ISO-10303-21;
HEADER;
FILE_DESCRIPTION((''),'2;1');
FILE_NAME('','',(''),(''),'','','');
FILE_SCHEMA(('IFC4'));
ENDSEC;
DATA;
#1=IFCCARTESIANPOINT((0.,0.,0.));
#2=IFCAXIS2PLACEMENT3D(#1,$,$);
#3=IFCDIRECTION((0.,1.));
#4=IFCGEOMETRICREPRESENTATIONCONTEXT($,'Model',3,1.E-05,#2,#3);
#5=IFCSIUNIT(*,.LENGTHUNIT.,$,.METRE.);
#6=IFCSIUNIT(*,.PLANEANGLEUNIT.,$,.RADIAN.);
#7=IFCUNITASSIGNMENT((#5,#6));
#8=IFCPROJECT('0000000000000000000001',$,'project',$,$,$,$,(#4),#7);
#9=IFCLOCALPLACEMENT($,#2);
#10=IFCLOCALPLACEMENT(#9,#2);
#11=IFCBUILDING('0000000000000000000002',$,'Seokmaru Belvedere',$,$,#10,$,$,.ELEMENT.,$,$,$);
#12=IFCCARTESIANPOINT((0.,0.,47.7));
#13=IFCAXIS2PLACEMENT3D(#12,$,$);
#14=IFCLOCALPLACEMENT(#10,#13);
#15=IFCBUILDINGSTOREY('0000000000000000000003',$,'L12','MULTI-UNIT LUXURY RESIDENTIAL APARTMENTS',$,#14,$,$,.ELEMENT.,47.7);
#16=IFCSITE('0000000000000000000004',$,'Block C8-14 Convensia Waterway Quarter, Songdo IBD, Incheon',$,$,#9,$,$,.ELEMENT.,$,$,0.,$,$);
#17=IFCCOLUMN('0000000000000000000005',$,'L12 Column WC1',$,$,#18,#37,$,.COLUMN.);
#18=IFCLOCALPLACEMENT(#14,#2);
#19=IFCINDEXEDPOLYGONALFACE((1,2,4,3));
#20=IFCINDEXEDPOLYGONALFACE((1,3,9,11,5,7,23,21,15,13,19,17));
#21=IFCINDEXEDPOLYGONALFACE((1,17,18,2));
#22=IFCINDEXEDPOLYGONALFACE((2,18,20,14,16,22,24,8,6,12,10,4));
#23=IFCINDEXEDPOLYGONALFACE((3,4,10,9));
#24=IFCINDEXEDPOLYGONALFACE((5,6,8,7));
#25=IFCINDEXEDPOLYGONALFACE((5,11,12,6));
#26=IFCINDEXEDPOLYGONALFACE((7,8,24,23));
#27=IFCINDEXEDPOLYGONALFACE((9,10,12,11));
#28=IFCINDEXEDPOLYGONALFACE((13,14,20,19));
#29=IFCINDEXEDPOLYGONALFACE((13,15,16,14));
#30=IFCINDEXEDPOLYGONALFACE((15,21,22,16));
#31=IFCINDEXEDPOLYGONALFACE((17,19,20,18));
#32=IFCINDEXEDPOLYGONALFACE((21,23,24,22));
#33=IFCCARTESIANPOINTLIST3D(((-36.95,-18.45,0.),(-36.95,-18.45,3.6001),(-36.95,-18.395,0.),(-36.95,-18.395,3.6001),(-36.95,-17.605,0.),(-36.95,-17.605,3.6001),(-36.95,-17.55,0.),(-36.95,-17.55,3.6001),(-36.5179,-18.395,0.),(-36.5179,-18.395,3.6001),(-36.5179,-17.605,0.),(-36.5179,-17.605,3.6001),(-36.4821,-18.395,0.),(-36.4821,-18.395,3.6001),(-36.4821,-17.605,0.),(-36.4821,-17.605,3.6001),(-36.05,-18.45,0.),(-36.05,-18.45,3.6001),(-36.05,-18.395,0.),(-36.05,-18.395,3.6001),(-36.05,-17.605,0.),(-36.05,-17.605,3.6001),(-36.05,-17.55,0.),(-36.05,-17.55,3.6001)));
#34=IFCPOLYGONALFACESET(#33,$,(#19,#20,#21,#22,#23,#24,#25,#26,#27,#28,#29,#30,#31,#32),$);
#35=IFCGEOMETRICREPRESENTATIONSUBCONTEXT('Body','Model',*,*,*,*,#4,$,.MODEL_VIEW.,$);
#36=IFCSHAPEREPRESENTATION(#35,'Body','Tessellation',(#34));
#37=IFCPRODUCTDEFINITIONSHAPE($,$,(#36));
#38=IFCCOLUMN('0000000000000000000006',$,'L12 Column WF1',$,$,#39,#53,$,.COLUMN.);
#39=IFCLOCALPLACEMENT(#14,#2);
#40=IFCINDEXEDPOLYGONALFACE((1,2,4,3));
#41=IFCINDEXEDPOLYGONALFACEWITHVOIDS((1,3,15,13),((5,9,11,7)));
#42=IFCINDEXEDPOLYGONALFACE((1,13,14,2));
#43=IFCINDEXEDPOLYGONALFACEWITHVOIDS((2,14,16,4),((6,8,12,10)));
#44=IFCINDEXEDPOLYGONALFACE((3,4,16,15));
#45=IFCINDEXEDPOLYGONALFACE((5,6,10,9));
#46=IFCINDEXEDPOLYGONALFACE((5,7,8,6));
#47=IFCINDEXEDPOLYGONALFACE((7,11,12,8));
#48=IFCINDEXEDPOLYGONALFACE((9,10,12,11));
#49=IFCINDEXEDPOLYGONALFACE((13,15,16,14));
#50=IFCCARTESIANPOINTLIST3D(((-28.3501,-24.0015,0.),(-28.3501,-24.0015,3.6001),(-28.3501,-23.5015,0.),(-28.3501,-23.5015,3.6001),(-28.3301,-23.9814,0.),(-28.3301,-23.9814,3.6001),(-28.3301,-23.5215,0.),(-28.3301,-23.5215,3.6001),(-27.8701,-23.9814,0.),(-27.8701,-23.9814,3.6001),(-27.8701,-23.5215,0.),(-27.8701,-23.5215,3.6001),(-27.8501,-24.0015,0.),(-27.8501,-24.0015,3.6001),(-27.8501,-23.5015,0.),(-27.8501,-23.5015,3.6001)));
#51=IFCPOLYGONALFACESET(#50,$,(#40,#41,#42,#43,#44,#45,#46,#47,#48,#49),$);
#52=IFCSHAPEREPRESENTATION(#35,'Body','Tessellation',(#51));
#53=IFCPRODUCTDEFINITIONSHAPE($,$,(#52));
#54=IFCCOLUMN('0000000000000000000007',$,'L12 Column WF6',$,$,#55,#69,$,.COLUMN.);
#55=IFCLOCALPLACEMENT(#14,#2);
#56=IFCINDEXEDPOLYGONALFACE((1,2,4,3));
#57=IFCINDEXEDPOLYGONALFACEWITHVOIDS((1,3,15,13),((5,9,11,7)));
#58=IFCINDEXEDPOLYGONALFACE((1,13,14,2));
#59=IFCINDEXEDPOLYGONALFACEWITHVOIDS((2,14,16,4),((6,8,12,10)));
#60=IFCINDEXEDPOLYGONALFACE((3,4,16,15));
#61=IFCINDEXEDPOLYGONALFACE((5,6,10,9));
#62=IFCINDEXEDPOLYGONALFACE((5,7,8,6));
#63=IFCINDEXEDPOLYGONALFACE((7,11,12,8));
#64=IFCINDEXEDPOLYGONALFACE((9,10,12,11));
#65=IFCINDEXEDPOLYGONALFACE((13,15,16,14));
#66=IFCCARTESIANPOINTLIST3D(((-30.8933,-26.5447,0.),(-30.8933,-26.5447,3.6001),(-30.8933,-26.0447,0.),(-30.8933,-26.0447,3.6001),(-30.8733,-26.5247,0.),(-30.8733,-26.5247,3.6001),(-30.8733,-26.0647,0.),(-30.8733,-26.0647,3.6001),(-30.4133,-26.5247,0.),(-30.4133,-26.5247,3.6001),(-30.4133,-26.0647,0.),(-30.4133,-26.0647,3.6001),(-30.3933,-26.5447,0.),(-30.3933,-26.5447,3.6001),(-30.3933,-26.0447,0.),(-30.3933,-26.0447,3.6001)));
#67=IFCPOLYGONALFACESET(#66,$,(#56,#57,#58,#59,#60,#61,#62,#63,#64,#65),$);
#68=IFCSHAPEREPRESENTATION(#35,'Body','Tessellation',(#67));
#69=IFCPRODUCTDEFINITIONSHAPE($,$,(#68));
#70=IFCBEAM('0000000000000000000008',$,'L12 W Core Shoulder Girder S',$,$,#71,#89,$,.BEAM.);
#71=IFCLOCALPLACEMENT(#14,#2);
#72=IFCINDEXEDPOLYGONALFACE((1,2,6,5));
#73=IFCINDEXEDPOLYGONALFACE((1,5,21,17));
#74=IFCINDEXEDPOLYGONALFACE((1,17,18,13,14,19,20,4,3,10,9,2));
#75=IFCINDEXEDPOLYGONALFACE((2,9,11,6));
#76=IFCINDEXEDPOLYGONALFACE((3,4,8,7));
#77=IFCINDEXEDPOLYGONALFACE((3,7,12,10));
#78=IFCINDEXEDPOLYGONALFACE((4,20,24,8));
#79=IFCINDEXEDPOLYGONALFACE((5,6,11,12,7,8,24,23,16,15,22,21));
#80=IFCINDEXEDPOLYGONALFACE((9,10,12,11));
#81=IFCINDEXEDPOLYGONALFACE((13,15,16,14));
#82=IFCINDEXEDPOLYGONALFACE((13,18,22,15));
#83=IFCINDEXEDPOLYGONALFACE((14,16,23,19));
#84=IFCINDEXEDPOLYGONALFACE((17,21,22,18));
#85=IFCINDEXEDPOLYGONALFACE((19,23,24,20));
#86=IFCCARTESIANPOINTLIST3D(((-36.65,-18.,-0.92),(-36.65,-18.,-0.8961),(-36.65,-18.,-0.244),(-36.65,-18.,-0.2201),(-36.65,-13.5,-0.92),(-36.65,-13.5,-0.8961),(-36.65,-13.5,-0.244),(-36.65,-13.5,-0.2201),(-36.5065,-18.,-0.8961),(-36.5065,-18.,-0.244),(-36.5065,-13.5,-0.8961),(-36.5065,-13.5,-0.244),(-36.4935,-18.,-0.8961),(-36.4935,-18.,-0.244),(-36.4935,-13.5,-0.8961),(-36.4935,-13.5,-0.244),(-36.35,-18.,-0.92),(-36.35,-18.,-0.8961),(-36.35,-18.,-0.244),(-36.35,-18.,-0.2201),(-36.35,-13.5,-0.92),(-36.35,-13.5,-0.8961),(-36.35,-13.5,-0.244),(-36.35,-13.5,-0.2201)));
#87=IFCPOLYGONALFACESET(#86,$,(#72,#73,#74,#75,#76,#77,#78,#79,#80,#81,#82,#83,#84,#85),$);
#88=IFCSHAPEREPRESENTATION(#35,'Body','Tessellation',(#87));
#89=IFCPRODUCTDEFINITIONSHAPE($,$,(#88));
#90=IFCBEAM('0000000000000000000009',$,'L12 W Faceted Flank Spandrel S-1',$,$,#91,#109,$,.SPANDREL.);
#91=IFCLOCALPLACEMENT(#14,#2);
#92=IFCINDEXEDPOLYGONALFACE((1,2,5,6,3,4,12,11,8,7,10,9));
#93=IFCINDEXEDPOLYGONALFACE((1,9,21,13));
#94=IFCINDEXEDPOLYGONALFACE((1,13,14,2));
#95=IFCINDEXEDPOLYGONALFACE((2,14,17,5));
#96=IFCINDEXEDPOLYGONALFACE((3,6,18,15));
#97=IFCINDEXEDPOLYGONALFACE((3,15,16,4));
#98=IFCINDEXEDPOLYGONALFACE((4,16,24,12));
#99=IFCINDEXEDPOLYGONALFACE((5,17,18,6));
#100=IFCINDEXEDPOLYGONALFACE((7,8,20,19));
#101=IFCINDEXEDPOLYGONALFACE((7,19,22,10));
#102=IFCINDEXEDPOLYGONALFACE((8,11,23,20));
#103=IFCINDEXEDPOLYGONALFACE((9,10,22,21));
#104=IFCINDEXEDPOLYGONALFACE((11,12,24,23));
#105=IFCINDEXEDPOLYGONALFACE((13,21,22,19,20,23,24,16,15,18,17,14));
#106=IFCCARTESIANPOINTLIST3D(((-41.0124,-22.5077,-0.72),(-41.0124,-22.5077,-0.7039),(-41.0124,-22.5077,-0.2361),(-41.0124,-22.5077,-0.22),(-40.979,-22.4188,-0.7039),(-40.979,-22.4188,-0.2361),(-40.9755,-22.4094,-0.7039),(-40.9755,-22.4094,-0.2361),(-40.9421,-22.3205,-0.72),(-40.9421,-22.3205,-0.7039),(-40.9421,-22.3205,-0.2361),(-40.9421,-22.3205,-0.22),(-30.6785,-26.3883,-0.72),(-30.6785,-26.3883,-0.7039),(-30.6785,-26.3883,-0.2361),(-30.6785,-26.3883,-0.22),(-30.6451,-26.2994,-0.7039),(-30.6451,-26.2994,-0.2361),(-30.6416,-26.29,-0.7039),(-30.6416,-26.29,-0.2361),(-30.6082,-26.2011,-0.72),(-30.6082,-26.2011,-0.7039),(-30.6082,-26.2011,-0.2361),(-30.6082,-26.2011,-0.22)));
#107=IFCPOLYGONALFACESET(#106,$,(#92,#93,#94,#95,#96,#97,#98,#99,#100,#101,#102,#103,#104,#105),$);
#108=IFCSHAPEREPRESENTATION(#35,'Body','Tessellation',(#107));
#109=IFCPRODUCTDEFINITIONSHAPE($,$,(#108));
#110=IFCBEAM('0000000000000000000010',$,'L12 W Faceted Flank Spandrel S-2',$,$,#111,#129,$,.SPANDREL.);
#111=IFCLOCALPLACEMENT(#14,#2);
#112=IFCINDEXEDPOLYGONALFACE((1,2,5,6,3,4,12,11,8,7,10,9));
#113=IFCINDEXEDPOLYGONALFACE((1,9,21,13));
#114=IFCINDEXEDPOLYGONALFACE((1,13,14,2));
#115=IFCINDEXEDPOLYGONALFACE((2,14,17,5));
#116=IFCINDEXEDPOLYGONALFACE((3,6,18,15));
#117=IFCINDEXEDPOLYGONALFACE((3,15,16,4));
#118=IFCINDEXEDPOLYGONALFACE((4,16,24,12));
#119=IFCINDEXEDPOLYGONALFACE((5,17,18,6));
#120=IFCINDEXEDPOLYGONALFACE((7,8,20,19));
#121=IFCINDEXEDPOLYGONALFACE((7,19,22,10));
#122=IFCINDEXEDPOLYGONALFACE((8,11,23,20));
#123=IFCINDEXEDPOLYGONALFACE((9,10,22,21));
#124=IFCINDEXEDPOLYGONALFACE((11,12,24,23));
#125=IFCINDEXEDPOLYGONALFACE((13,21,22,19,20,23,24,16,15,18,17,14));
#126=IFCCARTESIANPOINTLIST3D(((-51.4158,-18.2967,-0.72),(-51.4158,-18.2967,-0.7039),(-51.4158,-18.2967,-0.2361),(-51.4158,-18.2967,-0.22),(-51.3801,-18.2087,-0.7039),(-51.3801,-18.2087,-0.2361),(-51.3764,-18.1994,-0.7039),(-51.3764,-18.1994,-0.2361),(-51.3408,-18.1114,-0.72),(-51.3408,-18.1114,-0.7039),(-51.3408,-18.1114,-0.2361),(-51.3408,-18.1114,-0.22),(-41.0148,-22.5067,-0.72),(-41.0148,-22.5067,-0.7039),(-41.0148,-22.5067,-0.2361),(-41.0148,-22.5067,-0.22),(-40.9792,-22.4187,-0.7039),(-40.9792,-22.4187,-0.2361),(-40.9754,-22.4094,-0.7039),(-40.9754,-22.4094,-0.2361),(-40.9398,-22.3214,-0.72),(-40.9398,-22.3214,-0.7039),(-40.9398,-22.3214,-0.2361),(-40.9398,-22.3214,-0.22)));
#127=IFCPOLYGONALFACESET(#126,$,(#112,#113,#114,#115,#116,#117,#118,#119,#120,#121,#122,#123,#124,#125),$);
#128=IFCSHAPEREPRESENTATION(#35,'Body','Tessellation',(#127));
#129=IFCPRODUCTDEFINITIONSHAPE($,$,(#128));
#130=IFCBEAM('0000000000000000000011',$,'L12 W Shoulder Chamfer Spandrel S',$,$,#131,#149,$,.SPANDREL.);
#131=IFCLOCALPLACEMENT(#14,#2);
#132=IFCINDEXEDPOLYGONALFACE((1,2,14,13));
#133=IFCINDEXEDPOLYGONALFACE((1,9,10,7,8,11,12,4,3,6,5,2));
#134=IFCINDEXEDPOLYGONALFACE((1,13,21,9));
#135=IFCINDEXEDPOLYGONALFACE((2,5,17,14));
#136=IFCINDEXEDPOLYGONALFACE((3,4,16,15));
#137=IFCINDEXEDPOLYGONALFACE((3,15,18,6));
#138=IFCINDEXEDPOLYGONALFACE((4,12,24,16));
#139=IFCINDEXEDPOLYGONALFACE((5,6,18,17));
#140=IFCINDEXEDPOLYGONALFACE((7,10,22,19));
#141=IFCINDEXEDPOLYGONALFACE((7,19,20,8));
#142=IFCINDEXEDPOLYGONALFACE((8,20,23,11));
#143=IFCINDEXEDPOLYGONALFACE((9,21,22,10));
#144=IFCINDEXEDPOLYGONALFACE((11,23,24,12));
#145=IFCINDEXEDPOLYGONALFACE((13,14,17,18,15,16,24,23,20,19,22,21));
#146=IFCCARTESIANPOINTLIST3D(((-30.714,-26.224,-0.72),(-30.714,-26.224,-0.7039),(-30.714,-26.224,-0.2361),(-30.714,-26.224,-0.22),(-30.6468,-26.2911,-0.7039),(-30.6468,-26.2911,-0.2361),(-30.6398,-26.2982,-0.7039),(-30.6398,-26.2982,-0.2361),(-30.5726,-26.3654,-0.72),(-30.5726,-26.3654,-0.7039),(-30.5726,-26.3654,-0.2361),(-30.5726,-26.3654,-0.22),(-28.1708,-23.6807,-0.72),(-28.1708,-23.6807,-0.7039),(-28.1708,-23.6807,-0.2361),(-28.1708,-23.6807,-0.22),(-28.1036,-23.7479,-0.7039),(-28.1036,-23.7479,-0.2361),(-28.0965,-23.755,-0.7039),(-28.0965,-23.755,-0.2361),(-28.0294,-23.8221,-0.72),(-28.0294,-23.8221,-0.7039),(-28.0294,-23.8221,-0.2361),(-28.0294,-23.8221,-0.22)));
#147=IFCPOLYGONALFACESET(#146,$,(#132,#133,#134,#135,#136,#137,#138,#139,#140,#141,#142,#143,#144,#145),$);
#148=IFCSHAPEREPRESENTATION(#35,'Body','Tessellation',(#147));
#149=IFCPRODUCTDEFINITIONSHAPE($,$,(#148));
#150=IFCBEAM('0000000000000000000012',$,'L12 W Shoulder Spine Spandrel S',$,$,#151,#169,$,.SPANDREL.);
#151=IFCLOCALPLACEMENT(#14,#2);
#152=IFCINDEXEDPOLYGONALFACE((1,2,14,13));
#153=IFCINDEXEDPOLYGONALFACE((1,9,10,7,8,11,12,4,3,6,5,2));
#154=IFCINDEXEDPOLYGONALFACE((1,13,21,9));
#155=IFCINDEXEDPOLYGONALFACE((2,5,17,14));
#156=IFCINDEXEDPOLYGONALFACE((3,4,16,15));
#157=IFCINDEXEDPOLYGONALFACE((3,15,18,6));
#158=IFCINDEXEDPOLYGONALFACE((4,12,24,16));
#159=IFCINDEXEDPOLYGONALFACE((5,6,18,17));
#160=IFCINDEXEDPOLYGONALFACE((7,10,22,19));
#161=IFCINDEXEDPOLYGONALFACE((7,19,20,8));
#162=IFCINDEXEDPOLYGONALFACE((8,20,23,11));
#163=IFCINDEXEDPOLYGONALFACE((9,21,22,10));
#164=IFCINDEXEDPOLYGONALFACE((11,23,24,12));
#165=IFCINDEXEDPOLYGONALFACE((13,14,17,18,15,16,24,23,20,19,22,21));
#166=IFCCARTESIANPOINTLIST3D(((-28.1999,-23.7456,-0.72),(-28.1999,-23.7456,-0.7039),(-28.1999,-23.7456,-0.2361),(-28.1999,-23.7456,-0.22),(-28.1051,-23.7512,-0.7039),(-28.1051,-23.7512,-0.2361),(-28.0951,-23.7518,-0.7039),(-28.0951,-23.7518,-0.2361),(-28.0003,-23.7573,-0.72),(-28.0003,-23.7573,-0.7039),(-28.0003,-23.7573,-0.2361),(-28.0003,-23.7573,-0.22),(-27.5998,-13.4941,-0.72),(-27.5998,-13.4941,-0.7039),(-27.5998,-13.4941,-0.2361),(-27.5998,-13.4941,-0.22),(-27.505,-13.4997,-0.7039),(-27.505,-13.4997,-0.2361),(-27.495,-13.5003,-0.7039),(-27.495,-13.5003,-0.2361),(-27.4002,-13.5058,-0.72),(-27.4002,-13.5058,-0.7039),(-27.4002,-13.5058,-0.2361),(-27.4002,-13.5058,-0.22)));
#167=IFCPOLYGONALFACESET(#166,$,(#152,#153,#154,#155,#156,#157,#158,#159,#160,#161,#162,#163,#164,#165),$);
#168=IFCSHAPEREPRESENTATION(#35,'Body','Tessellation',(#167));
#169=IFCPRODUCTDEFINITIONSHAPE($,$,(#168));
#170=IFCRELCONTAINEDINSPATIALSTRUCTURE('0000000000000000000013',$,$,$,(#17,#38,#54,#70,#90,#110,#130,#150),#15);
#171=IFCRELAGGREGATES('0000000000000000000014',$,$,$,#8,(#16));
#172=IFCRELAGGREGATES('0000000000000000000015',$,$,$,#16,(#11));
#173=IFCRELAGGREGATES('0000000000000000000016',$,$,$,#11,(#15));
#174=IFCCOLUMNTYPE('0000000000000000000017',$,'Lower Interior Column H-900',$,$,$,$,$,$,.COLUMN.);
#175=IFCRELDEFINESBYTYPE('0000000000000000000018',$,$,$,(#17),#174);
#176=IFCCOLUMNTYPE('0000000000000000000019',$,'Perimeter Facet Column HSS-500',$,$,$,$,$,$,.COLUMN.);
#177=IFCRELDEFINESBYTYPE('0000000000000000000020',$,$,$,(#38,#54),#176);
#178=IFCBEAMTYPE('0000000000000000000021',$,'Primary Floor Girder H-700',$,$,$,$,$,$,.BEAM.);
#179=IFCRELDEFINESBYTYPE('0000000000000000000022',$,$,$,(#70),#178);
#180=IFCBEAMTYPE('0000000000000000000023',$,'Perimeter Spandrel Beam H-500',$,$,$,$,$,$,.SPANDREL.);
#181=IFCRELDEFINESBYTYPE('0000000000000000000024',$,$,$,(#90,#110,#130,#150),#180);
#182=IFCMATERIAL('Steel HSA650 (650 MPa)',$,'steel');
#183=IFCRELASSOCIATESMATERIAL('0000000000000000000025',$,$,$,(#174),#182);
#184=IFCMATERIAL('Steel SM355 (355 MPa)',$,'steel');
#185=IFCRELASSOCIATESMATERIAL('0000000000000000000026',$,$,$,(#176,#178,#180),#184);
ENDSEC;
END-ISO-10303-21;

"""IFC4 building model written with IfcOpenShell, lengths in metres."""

from ifc_helpers import new_model, si_unit, direction, frame, origin, origin_2d, place, context, subcontext, project, spatial, hollow_rectangle, i_section, extrude, source, transform, mapped, material, material_profile, profile_set, type_object, type_shapes, element, save


model = new_model("IFC4")

# Units and contexts
model_context = context("Model", 3, precision=1e-05, world=origin(), true_north=direction((0.0, 1.0)))
body_context = subcontext(model_context, "Body", "Model", "MODEL_VIEW")
ifc_project = project(units=[si_unit("LENGTHUNIT", "METRE"), si_unit("PLANEANGLEUNIT", "RADIAN")], contexts=[model_context])

# Site, building, storey
site_placement = place(None, origin())
site = spatial("IfcSite", under=ifc_project, at=site_placement, Name="Block C8-14 Convensia Waterway Quarter, Songdo IBD, Incheon", CompositionType="ELEMENT", RefElevation=0.0)
building_placement = place(site_placement, origin())
building = spatial("IfcBuilding", under=site, at=building_placement, Name="Seokmaru Belvedere", CompositionType="ELEMENT")
storey_placement = place(building_placement, frame((0.0, 0.0, 47.7)))
storey = spatial("IfcBuildingStorey", under=building, at=storey_placement, Name="L12", Description="MULTI-UNIT LUXURY RESIDENTIAL APARTMENTS", CompositionType="ELEMENT", Elevation=47.7)

# Columns
ifc_material_1 = material(Name="Steel HSA650 (650 MPa)", Category="steel")
ifc_material_profile_1 = material_profile(ifc_material_1, i_section(OverallWidth=0.8999, OverallDepth=0.8999, WebThickness=0.0359, FlangeThickness=0.0549, at=origin_2d()), Name="H-900x900x36x55")
ifc_profile_set_1 = profile_set([ifc_material_profile_1], Name="Steel HSA650 (650 MPa)")
column_type_1 = type_object("IfcColumnType", Name="Lower Interior Column H-900", PredefinedType="COLUMN", material=ifc_profile_set_1)
shared_shape_1 = source(origin(), body_context, "Body", "SweptSolid", [
    extrude(i_section(OverallWidth=0.8999, OverallDepth=0.8999, WebThickness=0.0359, FlangeThickness=0.0549, at=origin_2d()), origin(), (0.0, 0.0, 1.0), 3.6001),
])
type_shapes(column_type_1, [shared_shape_1])
column_placement = place(storey_placement, frame((-36.5, -18.0, 0.0), z_axis=(0.0, 0.0, 1.0), x_axis=(1.0, 0.0, 0.0)))
element("IfcColumn", 1, at=column_placement, inside=storey, type_object=column_type_1, Name="L12 Column WC1", PredefinedType="COLUMN", context=body_context, shape_type="MappedRepresentation", body=[
    mapped(shared_shape_1, transform((0.0, 0.0, 0.0), scale=1.0)),
])
ifc_material_2 = material(Name="Steel SM355 (355 MPa)", Category="steel")
ifc_material_profile_2 = material_profile(ifc_material_2, hollow_rectangle(XDim=0.5, YDim=0.5, WallThickness=0.02, at=origin_2d()), Name="HSS-500x500x20")
ifc_profile_set_2 = profile_set([ifc_material_profile_2], Name="Steel SM355 (355 MPa)")
column_type_2 = type_object("IfcColumnType", Name="Perimeter Facet Column HSS-500", PredefinedType="COLUMN", material=ifc_profile_set_2)
shared_shape_2 = source(origin(), body_context, "Body", "SweptSolid", [
    extrude(hollow_rectangle(XDim=0.5, YDim=0.5, WallThickness=0.02, at=origin_2d()), origin(), (0.0, 0.0, 1.0), 3.6001),
])
type_shapes(column_type_2, [shared_shape_2])
for number, where, z_axis, x_axis, name in (
    (2, (-28.1001, -23.7515, 0.0), (0.0, 0.0, 1.0), (1.0, 0.0, 0.0), "L12 Column WF1"),
    (3, (-30.6433, -26.2947, 0.0), (0.0, 0.0, 1.0), (1.0, 0.0, 0.0), "L12 Column WF6"),
):
    element("IfcColumn", number, at=place(storey_placement, frame(where, z_axis=z_axis, x_axis=x_axis)), inside=storey, type_object=column_type_2, Name=name, PredefinedType="COLUMN", context=body_context, shape_type="MappedRepresentation", body=[
        mapped(shared_shape_2, transform((0.0, 0.0, 0.0), scale=1.0)),
    ])

# Beams
ifc_material_profile_3 = material_profile(ifc_material_2, i_section(OverallWidth=0.3, OverallDepth=0.7, WebThickness=0.0129, FlangeThickness=0.0239, at=origin_2d()), Name="H-700x300x13x24")
ifc_profile_set_3 = profile_set([ifc_material_profile_3], Name="Steel SM355 (355 MPa)")
beam_type_1 = type_object("IfcBeamType", Name="Primary Floor Girder H-700", PredefinedType="BEAM", material=ifc_profile_set_3)
shared_shape_3 = source(origin(), body_context, "Body", "SweptSolid", [
    extrude(i_section(OverallWidth=0.3, OverallDepth=0.7, WebThickness=0.0129, FlangeThickness=0.0239, at=origin_2d()), origin(), (0.0, 0.0, 1.0), 4.5),
])
beam_1_placement = place(storey_placement, frame((-36.5, -18.0, -0.5701), z_axis=(0.0, 1.0, 0.0), x_axis=(-1.0, 0.0, 0.0)))
element("IfcBeam", 4, at=beam_1_placement, inside=storey, type_object=beam_type_1, Name="L12 W Core Shoulder Girder S", PredefinedType="BEAM", context=body_context, shape_type="MappedRepresentation", body=[
    mapped(shared_shape_3, transform((0.0, 0.0, 0.0), scale=1.0)),
])
ifc_material_profile_4 = material_profile(ifc_material_2, i_section(OverallWidth=0.2, OverallDepth=0.5, WebThickness=0.01, FlangeThickness=0.0161, at=origin_2d()), Name="H-500x200x10x16")
ifc_profile_set_4 = profile_set([ifc_material_profile_4], Name="Steel SM355 (355 MPa)")
beam_type_2 = type_object("IfcBeamType", Name="Perimeter Spandrel Beam H-500", PredefinedType="SPANDREL", material=ifc_profile_set_4)
shared_shape_4 = source(origin(), body_context, "Body", "SweptSolid", [
    extrude(i_section(OverallWidth=0.2, OverallDepth=0.5, WebThickness=0.01, FlangeThickness=0.0161, at=origin_2d()), origin(), (0.0, 0.0, 1.0), 11.0386),
])
beam_2_placement = place(storey_placement, frame((-30.6433, -26.2947, -0.47), z_axis=(-0.936169, 0.35155, 0.0), x_axis=(-0.35155, -0.936169, 0.0)))
element("IfcBeam", 5, at=beam_2_placement, inside=storey, type_object=beam_type_2, Name="L12 W Faceted Flank Spandrel S-1", PredefinedType="SPANDREL", context=body_context, shape_type="MappedRepresentation", body=[
    mapped(shared_shape_4, transform((0.0, 0.0, 0.0), scale=1.0)),
])
shared_shape_5 = source(origin(), body_context, "Body", "SweptSolid", [
    extrude(i_section(OverallWidth=0.2, OverallDepth=0.5, WebThickness=0.01, FlangeThickness=0.0161, at=origin_2d()), origin(), (0.0, 0.0, 1.0), 11.2207),
])
beam_3_placement = place(storey_placement, frame((-40.9773, -22.4141, -0.47), z_axis=(-0.926944, 0.375199, 0.0), x_axis=(-0.375199, -0.926944, 0.0)))
element("IfcBeam", 6, at=beam_3_placement, inside=storey, type_object=beam_type_2, Name="L12 W Faceted Flank Spandrel S-2", PredefinedType="SPANDREL", context=body_context, shape_type="MappedRepresentation", body=[
    mapped(shared_shape_5, transform((0.0, 0.0, 0.0), scale=1.0)),
])
shared_shape_6 = source(origin(), body_context, "Body", "SweptSolid", [
    extrude(i_section(OverallWidth=0.2, OverallDepth=0.5, WebThickness=0.01, FlangeThickness=0.0161, at=origin_2d()), origin(), (0.0, 0.0, 1.0), 3.5967),
])
beam_4_placement = place(storey_placement, frame((-30.6433, -26.2947, -0.47), z_axis=(0.707107, 0.707107, 0.0), x_axis=(-0.707107, 0.707107, 0.0)))
element("IfcBeam", 7, at=beam_4_placement, inside=storey, type_object=beam_type_2, Name="L12 W Shoulder Chamfer Spandrel S", PredefinedType="SPANDREL", context=body_context, shape_type="MappedRepresentation", body=[
    mapped(shared_shape_6, transform((0.0, 0.0, 0.0), scale=1.0)),
])
shared_shape_7 = source(origin(), body_context, "Body", "SweptSolid", [
    extrude(i_section(OverallWidth=0.2, OverallDepth=0.5, WebThickness=0.01, FlangeThickness=0.0161, at=origin_2d()), origin(), (0.0, 0.0, 1.0), 10.269),
])
type_shapes(beam_type_2, [shared_shape_4, shared_shape_5, shared_shape_6, shared_shape_7])
beam_5_placement = place(storey_placement, frame((-28.1001, -23.7515, -0.47), z_axis=(0.058438, 0.998291, 0.0), x_axis=(-0.998291, 0.058438, 0.0)))
element("IfcBeam", 8, at=beam_5_placement, inside=storey, type_object=beam_type_2, Name="L12 W Shoulder Spine Spandrel S", PredefinedType="SPANDREL", context=body_context, shape_type="MappedRepresentation", body=[
    mapped(shared_shape_7, transform((0.0, 0.0, 0.0), scale=1.0)),
])

save(model, "model.ifc")
